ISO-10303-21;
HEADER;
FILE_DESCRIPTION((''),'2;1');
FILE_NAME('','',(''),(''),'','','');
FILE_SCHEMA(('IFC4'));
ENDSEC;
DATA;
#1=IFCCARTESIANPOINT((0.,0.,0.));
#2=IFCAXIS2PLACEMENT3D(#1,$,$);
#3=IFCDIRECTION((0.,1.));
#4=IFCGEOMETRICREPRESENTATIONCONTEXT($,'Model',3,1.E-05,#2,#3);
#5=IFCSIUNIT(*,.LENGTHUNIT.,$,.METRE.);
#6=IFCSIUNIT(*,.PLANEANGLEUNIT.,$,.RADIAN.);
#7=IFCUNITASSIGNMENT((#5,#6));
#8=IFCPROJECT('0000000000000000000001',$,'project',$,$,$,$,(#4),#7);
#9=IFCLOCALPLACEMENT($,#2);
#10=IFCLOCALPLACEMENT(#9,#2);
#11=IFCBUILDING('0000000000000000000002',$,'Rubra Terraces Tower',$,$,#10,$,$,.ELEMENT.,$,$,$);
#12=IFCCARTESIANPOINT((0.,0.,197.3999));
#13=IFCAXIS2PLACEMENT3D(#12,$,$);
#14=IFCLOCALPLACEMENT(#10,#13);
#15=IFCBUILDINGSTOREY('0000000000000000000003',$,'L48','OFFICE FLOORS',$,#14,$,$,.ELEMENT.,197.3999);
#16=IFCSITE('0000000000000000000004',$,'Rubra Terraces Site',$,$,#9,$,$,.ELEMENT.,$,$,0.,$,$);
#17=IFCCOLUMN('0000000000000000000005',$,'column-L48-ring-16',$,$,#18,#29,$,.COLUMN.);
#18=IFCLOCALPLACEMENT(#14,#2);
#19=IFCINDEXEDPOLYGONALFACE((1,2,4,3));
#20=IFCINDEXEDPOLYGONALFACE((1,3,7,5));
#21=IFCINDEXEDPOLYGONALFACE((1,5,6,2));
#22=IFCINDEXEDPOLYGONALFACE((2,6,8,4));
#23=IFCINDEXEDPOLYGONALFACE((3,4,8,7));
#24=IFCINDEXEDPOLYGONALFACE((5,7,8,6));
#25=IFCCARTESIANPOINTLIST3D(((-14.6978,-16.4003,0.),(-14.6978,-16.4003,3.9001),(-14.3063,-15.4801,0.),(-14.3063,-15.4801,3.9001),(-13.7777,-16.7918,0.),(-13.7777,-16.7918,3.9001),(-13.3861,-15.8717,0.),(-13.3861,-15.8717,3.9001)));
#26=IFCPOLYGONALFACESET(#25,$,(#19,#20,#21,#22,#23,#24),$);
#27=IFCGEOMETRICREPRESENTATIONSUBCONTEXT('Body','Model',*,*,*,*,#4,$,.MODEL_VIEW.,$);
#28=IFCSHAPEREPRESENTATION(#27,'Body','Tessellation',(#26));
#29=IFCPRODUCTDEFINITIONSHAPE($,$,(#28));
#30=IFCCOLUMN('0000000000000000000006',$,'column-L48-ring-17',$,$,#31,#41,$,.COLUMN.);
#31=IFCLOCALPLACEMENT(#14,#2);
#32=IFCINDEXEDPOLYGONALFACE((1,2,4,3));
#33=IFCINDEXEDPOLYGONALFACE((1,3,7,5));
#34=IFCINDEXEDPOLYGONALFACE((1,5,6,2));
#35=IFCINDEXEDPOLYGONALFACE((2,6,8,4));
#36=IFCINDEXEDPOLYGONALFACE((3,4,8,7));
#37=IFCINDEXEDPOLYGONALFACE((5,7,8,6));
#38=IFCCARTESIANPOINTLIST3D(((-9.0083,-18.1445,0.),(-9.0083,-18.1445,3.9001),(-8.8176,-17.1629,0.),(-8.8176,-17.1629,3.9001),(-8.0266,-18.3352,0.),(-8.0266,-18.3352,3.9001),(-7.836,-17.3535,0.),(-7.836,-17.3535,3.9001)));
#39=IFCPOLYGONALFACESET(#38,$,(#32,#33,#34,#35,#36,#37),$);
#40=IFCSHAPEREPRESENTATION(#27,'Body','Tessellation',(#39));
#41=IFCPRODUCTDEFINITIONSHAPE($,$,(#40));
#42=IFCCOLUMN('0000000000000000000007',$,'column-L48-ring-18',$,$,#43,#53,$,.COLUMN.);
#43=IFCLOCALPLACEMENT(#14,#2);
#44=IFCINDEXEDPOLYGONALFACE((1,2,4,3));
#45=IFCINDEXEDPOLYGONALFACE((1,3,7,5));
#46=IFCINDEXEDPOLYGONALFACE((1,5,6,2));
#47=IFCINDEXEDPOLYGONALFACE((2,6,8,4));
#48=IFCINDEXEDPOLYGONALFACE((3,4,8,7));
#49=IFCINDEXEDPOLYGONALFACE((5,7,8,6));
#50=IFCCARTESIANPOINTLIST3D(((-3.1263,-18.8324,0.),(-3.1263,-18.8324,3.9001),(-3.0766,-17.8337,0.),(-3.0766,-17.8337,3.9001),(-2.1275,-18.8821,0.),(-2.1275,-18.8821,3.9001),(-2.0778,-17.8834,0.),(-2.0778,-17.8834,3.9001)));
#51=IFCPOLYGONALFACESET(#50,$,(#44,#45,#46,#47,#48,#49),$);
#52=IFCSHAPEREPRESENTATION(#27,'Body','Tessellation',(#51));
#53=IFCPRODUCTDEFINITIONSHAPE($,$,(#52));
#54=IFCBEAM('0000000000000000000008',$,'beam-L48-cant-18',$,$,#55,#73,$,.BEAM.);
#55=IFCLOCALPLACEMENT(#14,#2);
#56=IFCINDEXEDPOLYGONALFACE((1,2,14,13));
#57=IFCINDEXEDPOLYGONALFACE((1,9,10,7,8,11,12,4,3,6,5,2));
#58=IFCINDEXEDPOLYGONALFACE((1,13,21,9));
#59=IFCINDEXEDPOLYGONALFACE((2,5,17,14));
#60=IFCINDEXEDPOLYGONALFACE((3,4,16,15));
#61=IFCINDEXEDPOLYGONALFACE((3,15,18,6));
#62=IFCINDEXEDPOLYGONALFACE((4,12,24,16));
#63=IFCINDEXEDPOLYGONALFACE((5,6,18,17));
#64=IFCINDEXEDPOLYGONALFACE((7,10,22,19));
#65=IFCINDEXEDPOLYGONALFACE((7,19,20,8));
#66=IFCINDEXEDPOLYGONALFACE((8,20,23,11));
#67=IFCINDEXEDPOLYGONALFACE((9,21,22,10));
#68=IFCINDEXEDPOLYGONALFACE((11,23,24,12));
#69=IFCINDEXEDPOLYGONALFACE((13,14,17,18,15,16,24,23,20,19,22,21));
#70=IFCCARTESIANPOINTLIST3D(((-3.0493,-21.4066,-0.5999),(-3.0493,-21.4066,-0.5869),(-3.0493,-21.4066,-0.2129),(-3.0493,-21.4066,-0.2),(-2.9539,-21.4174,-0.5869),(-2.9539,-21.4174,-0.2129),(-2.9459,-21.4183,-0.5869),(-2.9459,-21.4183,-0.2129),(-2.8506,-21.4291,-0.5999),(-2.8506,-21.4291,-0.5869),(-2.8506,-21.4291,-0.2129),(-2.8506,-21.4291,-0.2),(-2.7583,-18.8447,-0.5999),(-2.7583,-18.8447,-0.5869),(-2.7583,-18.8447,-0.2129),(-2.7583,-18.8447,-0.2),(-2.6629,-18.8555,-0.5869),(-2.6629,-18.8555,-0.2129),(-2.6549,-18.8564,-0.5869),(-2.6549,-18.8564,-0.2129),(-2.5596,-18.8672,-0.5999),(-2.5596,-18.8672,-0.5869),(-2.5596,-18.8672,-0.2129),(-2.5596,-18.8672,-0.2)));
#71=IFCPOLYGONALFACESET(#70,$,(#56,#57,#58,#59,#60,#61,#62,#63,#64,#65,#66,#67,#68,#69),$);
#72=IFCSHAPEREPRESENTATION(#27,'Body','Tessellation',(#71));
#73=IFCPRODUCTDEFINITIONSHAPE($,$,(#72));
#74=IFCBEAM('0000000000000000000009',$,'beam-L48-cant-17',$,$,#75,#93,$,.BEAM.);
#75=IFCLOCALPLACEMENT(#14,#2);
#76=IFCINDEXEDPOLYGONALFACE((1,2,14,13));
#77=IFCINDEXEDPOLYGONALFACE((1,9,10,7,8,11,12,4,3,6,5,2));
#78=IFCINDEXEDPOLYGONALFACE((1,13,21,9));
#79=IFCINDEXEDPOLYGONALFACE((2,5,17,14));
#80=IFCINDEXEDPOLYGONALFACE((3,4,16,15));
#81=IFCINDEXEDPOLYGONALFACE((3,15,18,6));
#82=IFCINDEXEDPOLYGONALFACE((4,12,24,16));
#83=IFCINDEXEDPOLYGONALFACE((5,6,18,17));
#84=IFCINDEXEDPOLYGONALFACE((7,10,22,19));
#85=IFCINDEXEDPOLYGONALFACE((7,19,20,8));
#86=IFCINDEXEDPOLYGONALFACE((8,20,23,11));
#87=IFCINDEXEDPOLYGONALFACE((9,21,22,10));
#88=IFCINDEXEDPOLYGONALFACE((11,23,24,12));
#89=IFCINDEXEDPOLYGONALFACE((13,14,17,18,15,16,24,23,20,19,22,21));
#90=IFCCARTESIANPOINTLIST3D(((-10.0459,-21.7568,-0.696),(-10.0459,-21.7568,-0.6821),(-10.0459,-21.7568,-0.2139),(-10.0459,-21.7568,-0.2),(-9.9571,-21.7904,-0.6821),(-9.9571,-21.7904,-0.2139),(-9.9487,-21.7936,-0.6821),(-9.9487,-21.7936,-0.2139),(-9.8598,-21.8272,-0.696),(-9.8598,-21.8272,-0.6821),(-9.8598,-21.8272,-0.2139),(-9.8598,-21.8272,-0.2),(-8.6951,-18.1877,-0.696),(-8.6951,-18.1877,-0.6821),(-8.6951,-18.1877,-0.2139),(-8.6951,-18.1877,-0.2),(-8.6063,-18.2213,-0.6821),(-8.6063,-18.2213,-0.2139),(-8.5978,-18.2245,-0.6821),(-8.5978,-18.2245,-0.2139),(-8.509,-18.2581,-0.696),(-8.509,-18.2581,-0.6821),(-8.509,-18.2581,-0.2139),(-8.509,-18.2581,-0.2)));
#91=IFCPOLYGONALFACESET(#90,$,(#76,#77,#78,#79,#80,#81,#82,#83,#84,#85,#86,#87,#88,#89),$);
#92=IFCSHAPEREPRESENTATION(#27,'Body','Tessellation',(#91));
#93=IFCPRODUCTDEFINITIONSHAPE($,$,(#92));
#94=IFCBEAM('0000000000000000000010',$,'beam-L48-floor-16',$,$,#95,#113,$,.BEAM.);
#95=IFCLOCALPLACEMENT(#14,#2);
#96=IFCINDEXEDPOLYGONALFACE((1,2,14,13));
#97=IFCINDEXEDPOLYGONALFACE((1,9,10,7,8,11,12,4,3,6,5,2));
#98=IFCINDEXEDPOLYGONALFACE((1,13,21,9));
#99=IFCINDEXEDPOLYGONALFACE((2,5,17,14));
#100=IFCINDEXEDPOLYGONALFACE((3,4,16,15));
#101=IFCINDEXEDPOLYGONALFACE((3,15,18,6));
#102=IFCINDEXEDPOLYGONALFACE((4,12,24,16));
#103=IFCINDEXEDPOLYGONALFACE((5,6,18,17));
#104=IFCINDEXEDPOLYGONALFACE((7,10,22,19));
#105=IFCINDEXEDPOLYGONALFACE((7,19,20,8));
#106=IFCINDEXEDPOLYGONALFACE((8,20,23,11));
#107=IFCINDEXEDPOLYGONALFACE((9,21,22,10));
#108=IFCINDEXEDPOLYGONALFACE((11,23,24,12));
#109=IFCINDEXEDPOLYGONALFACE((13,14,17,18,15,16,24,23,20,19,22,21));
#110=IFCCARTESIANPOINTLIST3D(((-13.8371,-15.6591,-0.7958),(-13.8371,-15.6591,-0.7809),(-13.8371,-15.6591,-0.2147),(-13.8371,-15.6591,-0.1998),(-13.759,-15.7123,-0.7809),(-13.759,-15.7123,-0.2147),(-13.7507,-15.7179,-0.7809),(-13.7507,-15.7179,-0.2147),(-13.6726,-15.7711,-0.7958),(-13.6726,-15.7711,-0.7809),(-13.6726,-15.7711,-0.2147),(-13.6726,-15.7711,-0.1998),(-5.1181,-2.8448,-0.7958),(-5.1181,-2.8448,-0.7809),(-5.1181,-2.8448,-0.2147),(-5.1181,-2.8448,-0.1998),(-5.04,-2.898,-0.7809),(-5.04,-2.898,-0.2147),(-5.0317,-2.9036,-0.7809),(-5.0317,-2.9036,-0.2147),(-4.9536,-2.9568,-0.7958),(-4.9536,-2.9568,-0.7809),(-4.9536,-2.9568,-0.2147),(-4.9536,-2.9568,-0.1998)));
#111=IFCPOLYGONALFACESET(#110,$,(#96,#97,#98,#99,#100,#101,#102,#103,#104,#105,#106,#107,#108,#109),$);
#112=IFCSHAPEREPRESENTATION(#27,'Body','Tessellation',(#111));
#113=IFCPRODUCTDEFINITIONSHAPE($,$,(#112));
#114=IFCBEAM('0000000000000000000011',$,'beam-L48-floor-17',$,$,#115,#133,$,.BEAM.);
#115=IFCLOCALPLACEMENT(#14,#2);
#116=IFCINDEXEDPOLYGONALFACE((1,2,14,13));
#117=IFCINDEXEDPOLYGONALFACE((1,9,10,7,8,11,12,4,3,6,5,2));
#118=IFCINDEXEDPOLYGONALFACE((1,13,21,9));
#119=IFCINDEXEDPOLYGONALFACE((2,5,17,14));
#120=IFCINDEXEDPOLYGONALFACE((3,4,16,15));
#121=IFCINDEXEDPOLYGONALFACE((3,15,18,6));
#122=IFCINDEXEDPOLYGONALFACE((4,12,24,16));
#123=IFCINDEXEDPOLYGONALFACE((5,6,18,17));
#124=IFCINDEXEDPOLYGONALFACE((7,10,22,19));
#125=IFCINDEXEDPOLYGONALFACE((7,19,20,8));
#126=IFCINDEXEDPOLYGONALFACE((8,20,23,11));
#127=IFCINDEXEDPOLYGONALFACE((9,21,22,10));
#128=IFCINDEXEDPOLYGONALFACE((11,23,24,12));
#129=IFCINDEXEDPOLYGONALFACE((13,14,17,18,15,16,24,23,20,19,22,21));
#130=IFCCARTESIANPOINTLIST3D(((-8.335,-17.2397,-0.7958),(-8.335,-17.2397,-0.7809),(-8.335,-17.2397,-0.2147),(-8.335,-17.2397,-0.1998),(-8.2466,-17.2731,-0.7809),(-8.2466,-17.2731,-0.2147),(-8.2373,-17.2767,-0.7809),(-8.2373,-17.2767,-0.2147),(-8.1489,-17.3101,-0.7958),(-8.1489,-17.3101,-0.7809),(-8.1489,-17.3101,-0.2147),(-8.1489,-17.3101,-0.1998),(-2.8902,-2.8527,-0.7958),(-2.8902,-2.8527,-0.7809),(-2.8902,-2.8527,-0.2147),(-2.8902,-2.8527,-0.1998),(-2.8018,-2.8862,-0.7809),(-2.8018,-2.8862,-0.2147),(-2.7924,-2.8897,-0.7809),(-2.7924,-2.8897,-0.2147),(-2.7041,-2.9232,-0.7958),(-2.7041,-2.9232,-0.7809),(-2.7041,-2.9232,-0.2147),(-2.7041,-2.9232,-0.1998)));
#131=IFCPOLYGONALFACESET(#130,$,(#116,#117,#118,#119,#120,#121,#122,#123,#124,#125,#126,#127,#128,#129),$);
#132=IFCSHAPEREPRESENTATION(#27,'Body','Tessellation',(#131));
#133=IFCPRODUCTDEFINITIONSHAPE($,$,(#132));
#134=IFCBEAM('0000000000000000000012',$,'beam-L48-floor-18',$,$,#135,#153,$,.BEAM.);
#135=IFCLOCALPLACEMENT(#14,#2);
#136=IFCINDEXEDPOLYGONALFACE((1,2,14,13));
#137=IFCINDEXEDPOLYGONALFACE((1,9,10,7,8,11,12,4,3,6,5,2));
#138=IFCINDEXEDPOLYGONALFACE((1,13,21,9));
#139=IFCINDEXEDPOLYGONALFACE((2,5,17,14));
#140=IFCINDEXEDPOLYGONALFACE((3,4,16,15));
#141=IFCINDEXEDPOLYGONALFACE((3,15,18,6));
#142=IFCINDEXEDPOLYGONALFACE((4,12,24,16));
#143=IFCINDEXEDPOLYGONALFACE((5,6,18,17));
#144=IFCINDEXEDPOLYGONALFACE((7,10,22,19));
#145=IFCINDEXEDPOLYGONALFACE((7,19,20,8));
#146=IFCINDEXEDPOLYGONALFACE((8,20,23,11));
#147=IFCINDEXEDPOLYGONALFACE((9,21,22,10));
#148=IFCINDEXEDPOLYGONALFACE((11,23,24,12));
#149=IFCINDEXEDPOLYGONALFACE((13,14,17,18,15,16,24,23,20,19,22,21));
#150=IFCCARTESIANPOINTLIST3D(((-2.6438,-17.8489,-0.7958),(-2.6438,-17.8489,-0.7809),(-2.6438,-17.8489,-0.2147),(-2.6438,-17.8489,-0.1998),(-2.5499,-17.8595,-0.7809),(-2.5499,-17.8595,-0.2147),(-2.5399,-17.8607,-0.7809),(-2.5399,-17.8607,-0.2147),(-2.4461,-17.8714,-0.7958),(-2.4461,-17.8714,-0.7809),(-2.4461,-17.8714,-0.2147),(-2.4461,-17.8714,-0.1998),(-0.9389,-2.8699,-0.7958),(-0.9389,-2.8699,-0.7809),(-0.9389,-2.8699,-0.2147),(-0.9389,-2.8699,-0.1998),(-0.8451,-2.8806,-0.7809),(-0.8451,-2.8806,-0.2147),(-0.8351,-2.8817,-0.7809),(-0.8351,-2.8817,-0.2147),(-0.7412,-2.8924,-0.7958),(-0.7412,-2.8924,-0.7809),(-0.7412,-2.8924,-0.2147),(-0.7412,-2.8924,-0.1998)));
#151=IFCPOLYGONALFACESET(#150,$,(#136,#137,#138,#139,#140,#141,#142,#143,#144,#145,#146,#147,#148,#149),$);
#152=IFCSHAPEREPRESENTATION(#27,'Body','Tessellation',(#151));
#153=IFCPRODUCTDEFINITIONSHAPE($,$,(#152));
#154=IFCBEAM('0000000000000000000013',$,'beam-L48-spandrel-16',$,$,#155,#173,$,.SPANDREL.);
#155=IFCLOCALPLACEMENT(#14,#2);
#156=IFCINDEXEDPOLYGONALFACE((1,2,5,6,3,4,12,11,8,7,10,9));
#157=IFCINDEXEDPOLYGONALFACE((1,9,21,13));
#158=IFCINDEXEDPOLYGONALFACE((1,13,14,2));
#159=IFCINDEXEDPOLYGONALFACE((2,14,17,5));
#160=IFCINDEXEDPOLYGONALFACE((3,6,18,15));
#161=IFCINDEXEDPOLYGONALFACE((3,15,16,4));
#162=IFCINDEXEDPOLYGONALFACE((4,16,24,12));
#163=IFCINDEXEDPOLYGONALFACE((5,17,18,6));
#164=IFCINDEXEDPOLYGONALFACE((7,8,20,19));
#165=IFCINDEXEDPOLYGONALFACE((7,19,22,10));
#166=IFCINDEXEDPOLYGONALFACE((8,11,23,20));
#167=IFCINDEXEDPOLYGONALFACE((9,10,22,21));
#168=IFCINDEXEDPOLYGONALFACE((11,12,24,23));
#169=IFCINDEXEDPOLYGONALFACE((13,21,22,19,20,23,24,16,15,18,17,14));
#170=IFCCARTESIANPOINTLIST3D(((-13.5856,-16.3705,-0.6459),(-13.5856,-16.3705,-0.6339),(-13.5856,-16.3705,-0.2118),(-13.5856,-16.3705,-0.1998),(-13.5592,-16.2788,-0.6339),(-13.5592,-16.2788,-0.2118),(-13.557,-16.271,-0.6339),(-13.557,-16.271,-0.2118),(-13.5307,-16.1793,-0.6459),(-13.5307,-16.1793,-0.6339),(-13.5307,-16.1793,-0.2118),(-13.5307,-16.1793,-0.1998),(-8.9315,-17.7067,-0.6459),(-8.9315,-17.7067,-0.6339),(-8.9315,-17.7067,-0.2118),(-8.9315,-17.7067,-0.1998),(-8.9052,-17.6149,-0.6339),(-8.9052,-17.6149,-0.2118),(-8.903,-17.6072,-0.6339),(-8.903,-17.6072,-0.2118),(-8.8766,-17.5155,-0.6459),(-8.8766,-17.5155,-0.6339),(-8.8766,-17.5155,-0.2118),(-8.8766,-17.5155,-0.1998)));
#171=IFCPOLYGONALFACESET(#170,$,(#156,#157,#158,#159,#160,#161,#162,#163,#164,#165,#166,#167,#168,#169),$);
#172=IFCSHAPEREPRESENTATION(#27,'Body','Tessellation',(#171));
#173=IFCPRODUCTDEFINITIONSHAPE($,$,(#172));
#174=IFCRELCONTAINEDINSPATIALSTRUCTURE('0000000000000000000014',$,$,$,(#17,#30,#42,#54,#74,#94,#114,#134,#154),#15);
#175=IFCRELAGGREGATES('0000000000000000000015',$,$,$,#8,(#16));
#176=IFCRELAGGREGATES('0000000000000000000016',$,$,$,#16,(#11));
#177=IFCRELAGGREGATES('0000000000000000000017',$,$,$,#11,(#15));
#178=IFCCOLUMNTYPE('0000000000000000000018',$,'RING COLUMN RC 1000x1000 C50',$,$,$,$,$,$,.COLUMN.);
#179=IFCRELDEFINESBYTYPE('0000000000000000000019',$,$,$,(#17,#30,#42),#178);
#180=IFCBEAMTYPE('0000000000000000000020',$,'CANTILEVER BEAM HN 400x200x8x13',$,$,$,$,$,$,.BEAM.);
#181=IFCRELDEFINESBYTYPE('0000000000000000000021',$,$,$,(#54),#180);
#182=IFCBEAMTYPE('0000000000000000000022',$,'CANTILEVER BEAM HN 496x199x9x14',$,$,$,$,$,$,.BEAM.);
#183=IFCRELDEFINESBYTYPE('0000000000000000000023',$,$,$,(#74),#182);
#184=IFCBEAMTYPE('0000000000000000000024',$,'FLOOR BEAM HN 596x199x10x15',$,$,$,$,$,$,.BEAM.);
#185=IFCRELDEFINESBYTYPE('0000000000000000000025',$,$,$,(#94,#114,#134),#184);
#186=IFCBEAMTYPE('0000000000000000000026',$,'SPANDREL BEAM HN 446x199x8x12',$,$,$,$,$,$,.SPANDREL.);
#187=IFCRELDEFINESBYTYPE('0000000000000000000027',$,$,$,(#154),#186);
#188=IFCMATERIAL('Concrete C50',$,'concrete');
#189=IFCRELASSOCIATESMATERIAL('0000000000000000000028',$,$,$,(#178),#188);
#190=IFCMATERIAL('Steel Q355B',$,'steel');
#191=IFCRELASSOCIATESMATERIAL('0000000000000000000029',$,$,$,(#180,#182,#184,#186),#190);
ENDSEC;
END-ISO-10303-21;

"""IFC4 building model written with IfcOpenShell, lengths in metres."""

from ifc_helpers import new_model, si_unit, direction, frame, origin, origin_2d, place, context, subcontext, project, spatial, rectangle, i_section, extrude, material, material_profile, profile_set, type_object, element, save


model = new_model("IFC4")

# Units and contexts
model_context = context("Model", 3, precision=1e-05, world=origin(), true_north=direction((0.0, 1.0)))
body_context = subcontext(model_context, "Body", "Model", "MODEL_VIEW")
ifc_project = project(units=[si_unit("LENGTHUNIT", "METRE"), si_unit("PLANEANGLEUNIT", "RADIAN")], contexts=[model_context])

# Site, building, storey
site_placement = place(None, origin())
site = spatial("IfcSite", under=ifc_project, at=site_placement, Name="Rubra Terraces Site", CompositionType="ELEMENT", RefElevation=0.0)
building_placement = place(site_placement, origin())
building = spatial("IfcBuilding", under=site, at=building_placement, Name="Rubra Terraces Tower", CompositionType="ELEMENT")
storey_placement = place(building_placement, frame((0.0, 0.0, 197.3999)))
storey = spatial("IfcBuildingStorey", under=building, at=storey_placement, Name="L48", Description="OFFICE FLOORS", CompositionType="ELEMENT", Elevation=197.3999)

# Columns
ifc_material_1 = material(Name="Concrete C50", Category="concrete")
ifc_material_profile_1 = material_profile(ifc_material_1, rectangle(XDim=1.0, YDim=1.0, at=origin_2d()), Name="RC 1000x1000")
ifc_profile_set_1 = profile_set([ifc_material_profile_1], Name="Concrete C50")
column_type = type_object("IfcColumnType", Name="RING COLUMN RC 1000x1000 C50", PredefinedType="COLUMN", material=ifc_profile_set_1)
for number, where, z_axis, x_axis, name in (
    (1, (-14.042, -16.136, 0.0), (0.0, 0.0, 1.0), (0.920168, -0.391524, 0.0), "column-L48-ring-16"),
    (2, (-8.4221, -17.749, 0.0), (0.0, 0.0, 1.0), (0.981655, -0.190668, 0.0), "column-L48-ring-17"),
    (3, (-2.6021, -18.3579, 0.0), (0.0, 0.0, 1.0), (0.998764, -0.049699, 0.0), "column-L48-ring-18"),
):
    element("IfcColumn", number, at=place(storey_placement, frame(where, z_axis=z_axis, x_axis=x_axis)), inside=storey, type_object=column_type, Name=name, PredefinedType="COLUMN", context=body_context, shape_type="SweptSolid", body=[
        extrude(rectangle(XDim=1.0, YDim=1.0, at=origin_2d()), origin(), (0.0, 0.0, 1.0), 3.9001),
    ])

# Beams
ifc_material_2 = material(Name="Steel Q355B", Category="steel")
ifc_material_profile_2 = material_profile(ifc_material_2, i_section(OverallWidth=0.2, OverallDepth=0.3999, WebThickness=0.0081, FlangeThickness=0.0129, at=origin_2d()), Name="HN 400x200x8x13")
ifc_profile_set_2 = profile_set([ifc_material_profile_2], Name="Steel Q355B")
beam_type_1 = type_object("IfcBeamType", Name="CANTILEVER BEAM HN 400x200x8x13", PredefinedType="BEAM", material=ifc_profile_set_2)
beam_1_placement = place(storey_placement, frame((-2.6589, -18.856, -0.3999), z_axis=(-0.112863, -0.993611, 0.0), x_axis=(0.993611, -0.112863, 0.0)))
element("IfcBeam", 4, at=beam_1_placement, inside=storey, type_object=beam_type_1, Name="beam-L48-cant-18", PredefinedType="BEAM", context=body_context, shape_type="SweptSolid", body=[
    extrude(i_section(OverallWidth=0.2, OverallDepth=0.3999, WebThickness=0.0081, FlangeThickness=0.0129, at=origin_2d()), origin(), (0.0, 0.0, 1.0), 2.5784),
])
ifc_material_profile_3 = material_profile(ifc_material_2, i_section(OverallWidth=0.199, OverallDepth=0.4961, WebThickness=0.009, FlangeThickness=0.0139, at=origin_2d()), Name="HN 496x199x9x14")
ifc_profile_set_3 = profile_set([ifc_material_profile_3], Name="Steel Q355B")
beam_type_2 = type_object("IfcBeamType", Name="CANTILEVER BEAM HN 496x199x9x14", PredefinedType="BEAM", material=ifc_profile_set_3)
beam_2_placement = place(storey_placement, frame((-8.6021, -18.2229, -0.448), z_axis=(-0.353975, -0.935255, 0.0), x_axis=(0.935255, -0.353975, 0.0)))
element("IfcBeam", 5, at=beam_2_placement, inside=storey, type_object=beam_type_2, Name="beam-L48-cant-17", PredefinedType="BEAM", context=body_context, shape_type="SweptSolid", body=[
    extrude(i_section(OverallWidth=0.199, OverallDepth=0.4961, WebThickness=0.009, FlangeThickness=0.0139, at=origin_2d()), origin(), (0.0, 0.0, 1.0), 3.8162),
])
ifc_material_profile_4 = material_profile(ifc_material_2, i_section(OverallWidth=0.199, OverallDepth=0.5959, WebThickness=0.01, FlangeThickness=0.0149, at=origin_2d()), Name="HN 596x199x10x15")
ifc_profile_set_4 = profile_set([ifc_material_profile_4], Name="Steel Q355B")
beam_type_3 = type_object("IfcBeamType", Name="FLOOR BEAM HN 596x199x10x15", PredefinedType="BEAM", material=ifc_profile_set_4)
beam_3_placement = place(storey_placement, frame((-13.7549, -15.7151, -0.4978), z_axis=(0.562545, 0.826767, 0.0), x_axis=(-0.826767, 0.562545, 0.0)))
element("IfcBeam", 6, at=beam_3_placement, inside=storey, type_object=beam_type_3, Name="beam-L48-floor-16", PredefinedType="BEAM", context=body_context, shape_type="SweptSolid", body=[
    extrude(i_section(OverallWidth=0.199, OverallDepth=0.5959, WebThickness=0.01, FlangeThickness=0.0149, at=origin_2d()), origin(), (0.0, 0.0, 1.0), 15.4993),
])
beam_4_placement = place(storey_placement, frame((-8.2419, -17.2749, -0.4978), z_axis=(0.353955, 0.935262, 0.0), x_axis=(-0.935262, 0.353955, 0.0)))
element("IfcBeam", 7, at=beam_4_placement, inside=storey, type_object=beam_type_3, Name="beam-L48-floor-17", PredefinedType="BEAM", context=body_context, shape_type="SweptSolid", body=[
    extrude(i_section(OverallWidth=0.199, OverallDepth=0.5959, WebThickness=0.01, FlangeThickness=0.0149, at=origin_2d()), origin(), (0.0, 0.0, 1.0), 15.3828),
])
beam_5_placement = place(storey_placement, frame((-2.5449, -17.8601, -0.4978), z_axis=(0.113085, 0.993585, 0.0), x_axis=(-0.993585, 0.113085, 0.0)))
element("IfcBeam", 8, at=beam_5_placement, inside=storey, type_object=beam_type_3, Name="beam-L48-floor-18", PredefinedType="BEAM", context=body_context, shape_type="SweptSolid", body=[
    extrude(i_section(OverallWidth=0.199, OverallDepth=0.5959, WebThickness=0.01, FlangeThickness=0.0149, at=origin_2d()), origin(), (0.0, 0.0, 1.0), 15.0757),
])
ifc_material_profile_5 = material_profile(ifc_material_2, i_section(OverallWidth=0.199, OverallDepth=0.446, WebThickness=0.0081, FlangeThickness=0.012, at=origin_2d()), Name="HN 446x199x8x12")
ifc_profile_set_5 = profile_set([ifc_material_profile_5], Name="Steel Q355B")
beam_type_4 = type_object("IfcBeamType", Name="SPANDREL BEAM HN 446x199x8x12", PredefinedType="SPANDREL", material=ifc_profile_set_5)
beam_6_placement = place(storey_placement, frame((-13.5581, -16.2749, -0.4229), z_axis=(0.961171, -0.275953, 0.0), x_axis=(0.275953, 0.961171, 0.0)))
element("IfcBeam", 9, at=beam_6_placement, inside=storey, type_object=beam_type_4, Name="beam-L48-spandrel-16", PredefinedType="SPANDREL", context=body_context, shape_type="SweptSolid", body=[
    extrude(i_section(OverallWidth=0.199, OverallDepth=0.446, WebThickness=0.0081, FlangeThickness=0.012, at=origin_2d()), origin(), (0.0, 0.0, 1.0), 4.842),
])

save(model, "model.ifc")
